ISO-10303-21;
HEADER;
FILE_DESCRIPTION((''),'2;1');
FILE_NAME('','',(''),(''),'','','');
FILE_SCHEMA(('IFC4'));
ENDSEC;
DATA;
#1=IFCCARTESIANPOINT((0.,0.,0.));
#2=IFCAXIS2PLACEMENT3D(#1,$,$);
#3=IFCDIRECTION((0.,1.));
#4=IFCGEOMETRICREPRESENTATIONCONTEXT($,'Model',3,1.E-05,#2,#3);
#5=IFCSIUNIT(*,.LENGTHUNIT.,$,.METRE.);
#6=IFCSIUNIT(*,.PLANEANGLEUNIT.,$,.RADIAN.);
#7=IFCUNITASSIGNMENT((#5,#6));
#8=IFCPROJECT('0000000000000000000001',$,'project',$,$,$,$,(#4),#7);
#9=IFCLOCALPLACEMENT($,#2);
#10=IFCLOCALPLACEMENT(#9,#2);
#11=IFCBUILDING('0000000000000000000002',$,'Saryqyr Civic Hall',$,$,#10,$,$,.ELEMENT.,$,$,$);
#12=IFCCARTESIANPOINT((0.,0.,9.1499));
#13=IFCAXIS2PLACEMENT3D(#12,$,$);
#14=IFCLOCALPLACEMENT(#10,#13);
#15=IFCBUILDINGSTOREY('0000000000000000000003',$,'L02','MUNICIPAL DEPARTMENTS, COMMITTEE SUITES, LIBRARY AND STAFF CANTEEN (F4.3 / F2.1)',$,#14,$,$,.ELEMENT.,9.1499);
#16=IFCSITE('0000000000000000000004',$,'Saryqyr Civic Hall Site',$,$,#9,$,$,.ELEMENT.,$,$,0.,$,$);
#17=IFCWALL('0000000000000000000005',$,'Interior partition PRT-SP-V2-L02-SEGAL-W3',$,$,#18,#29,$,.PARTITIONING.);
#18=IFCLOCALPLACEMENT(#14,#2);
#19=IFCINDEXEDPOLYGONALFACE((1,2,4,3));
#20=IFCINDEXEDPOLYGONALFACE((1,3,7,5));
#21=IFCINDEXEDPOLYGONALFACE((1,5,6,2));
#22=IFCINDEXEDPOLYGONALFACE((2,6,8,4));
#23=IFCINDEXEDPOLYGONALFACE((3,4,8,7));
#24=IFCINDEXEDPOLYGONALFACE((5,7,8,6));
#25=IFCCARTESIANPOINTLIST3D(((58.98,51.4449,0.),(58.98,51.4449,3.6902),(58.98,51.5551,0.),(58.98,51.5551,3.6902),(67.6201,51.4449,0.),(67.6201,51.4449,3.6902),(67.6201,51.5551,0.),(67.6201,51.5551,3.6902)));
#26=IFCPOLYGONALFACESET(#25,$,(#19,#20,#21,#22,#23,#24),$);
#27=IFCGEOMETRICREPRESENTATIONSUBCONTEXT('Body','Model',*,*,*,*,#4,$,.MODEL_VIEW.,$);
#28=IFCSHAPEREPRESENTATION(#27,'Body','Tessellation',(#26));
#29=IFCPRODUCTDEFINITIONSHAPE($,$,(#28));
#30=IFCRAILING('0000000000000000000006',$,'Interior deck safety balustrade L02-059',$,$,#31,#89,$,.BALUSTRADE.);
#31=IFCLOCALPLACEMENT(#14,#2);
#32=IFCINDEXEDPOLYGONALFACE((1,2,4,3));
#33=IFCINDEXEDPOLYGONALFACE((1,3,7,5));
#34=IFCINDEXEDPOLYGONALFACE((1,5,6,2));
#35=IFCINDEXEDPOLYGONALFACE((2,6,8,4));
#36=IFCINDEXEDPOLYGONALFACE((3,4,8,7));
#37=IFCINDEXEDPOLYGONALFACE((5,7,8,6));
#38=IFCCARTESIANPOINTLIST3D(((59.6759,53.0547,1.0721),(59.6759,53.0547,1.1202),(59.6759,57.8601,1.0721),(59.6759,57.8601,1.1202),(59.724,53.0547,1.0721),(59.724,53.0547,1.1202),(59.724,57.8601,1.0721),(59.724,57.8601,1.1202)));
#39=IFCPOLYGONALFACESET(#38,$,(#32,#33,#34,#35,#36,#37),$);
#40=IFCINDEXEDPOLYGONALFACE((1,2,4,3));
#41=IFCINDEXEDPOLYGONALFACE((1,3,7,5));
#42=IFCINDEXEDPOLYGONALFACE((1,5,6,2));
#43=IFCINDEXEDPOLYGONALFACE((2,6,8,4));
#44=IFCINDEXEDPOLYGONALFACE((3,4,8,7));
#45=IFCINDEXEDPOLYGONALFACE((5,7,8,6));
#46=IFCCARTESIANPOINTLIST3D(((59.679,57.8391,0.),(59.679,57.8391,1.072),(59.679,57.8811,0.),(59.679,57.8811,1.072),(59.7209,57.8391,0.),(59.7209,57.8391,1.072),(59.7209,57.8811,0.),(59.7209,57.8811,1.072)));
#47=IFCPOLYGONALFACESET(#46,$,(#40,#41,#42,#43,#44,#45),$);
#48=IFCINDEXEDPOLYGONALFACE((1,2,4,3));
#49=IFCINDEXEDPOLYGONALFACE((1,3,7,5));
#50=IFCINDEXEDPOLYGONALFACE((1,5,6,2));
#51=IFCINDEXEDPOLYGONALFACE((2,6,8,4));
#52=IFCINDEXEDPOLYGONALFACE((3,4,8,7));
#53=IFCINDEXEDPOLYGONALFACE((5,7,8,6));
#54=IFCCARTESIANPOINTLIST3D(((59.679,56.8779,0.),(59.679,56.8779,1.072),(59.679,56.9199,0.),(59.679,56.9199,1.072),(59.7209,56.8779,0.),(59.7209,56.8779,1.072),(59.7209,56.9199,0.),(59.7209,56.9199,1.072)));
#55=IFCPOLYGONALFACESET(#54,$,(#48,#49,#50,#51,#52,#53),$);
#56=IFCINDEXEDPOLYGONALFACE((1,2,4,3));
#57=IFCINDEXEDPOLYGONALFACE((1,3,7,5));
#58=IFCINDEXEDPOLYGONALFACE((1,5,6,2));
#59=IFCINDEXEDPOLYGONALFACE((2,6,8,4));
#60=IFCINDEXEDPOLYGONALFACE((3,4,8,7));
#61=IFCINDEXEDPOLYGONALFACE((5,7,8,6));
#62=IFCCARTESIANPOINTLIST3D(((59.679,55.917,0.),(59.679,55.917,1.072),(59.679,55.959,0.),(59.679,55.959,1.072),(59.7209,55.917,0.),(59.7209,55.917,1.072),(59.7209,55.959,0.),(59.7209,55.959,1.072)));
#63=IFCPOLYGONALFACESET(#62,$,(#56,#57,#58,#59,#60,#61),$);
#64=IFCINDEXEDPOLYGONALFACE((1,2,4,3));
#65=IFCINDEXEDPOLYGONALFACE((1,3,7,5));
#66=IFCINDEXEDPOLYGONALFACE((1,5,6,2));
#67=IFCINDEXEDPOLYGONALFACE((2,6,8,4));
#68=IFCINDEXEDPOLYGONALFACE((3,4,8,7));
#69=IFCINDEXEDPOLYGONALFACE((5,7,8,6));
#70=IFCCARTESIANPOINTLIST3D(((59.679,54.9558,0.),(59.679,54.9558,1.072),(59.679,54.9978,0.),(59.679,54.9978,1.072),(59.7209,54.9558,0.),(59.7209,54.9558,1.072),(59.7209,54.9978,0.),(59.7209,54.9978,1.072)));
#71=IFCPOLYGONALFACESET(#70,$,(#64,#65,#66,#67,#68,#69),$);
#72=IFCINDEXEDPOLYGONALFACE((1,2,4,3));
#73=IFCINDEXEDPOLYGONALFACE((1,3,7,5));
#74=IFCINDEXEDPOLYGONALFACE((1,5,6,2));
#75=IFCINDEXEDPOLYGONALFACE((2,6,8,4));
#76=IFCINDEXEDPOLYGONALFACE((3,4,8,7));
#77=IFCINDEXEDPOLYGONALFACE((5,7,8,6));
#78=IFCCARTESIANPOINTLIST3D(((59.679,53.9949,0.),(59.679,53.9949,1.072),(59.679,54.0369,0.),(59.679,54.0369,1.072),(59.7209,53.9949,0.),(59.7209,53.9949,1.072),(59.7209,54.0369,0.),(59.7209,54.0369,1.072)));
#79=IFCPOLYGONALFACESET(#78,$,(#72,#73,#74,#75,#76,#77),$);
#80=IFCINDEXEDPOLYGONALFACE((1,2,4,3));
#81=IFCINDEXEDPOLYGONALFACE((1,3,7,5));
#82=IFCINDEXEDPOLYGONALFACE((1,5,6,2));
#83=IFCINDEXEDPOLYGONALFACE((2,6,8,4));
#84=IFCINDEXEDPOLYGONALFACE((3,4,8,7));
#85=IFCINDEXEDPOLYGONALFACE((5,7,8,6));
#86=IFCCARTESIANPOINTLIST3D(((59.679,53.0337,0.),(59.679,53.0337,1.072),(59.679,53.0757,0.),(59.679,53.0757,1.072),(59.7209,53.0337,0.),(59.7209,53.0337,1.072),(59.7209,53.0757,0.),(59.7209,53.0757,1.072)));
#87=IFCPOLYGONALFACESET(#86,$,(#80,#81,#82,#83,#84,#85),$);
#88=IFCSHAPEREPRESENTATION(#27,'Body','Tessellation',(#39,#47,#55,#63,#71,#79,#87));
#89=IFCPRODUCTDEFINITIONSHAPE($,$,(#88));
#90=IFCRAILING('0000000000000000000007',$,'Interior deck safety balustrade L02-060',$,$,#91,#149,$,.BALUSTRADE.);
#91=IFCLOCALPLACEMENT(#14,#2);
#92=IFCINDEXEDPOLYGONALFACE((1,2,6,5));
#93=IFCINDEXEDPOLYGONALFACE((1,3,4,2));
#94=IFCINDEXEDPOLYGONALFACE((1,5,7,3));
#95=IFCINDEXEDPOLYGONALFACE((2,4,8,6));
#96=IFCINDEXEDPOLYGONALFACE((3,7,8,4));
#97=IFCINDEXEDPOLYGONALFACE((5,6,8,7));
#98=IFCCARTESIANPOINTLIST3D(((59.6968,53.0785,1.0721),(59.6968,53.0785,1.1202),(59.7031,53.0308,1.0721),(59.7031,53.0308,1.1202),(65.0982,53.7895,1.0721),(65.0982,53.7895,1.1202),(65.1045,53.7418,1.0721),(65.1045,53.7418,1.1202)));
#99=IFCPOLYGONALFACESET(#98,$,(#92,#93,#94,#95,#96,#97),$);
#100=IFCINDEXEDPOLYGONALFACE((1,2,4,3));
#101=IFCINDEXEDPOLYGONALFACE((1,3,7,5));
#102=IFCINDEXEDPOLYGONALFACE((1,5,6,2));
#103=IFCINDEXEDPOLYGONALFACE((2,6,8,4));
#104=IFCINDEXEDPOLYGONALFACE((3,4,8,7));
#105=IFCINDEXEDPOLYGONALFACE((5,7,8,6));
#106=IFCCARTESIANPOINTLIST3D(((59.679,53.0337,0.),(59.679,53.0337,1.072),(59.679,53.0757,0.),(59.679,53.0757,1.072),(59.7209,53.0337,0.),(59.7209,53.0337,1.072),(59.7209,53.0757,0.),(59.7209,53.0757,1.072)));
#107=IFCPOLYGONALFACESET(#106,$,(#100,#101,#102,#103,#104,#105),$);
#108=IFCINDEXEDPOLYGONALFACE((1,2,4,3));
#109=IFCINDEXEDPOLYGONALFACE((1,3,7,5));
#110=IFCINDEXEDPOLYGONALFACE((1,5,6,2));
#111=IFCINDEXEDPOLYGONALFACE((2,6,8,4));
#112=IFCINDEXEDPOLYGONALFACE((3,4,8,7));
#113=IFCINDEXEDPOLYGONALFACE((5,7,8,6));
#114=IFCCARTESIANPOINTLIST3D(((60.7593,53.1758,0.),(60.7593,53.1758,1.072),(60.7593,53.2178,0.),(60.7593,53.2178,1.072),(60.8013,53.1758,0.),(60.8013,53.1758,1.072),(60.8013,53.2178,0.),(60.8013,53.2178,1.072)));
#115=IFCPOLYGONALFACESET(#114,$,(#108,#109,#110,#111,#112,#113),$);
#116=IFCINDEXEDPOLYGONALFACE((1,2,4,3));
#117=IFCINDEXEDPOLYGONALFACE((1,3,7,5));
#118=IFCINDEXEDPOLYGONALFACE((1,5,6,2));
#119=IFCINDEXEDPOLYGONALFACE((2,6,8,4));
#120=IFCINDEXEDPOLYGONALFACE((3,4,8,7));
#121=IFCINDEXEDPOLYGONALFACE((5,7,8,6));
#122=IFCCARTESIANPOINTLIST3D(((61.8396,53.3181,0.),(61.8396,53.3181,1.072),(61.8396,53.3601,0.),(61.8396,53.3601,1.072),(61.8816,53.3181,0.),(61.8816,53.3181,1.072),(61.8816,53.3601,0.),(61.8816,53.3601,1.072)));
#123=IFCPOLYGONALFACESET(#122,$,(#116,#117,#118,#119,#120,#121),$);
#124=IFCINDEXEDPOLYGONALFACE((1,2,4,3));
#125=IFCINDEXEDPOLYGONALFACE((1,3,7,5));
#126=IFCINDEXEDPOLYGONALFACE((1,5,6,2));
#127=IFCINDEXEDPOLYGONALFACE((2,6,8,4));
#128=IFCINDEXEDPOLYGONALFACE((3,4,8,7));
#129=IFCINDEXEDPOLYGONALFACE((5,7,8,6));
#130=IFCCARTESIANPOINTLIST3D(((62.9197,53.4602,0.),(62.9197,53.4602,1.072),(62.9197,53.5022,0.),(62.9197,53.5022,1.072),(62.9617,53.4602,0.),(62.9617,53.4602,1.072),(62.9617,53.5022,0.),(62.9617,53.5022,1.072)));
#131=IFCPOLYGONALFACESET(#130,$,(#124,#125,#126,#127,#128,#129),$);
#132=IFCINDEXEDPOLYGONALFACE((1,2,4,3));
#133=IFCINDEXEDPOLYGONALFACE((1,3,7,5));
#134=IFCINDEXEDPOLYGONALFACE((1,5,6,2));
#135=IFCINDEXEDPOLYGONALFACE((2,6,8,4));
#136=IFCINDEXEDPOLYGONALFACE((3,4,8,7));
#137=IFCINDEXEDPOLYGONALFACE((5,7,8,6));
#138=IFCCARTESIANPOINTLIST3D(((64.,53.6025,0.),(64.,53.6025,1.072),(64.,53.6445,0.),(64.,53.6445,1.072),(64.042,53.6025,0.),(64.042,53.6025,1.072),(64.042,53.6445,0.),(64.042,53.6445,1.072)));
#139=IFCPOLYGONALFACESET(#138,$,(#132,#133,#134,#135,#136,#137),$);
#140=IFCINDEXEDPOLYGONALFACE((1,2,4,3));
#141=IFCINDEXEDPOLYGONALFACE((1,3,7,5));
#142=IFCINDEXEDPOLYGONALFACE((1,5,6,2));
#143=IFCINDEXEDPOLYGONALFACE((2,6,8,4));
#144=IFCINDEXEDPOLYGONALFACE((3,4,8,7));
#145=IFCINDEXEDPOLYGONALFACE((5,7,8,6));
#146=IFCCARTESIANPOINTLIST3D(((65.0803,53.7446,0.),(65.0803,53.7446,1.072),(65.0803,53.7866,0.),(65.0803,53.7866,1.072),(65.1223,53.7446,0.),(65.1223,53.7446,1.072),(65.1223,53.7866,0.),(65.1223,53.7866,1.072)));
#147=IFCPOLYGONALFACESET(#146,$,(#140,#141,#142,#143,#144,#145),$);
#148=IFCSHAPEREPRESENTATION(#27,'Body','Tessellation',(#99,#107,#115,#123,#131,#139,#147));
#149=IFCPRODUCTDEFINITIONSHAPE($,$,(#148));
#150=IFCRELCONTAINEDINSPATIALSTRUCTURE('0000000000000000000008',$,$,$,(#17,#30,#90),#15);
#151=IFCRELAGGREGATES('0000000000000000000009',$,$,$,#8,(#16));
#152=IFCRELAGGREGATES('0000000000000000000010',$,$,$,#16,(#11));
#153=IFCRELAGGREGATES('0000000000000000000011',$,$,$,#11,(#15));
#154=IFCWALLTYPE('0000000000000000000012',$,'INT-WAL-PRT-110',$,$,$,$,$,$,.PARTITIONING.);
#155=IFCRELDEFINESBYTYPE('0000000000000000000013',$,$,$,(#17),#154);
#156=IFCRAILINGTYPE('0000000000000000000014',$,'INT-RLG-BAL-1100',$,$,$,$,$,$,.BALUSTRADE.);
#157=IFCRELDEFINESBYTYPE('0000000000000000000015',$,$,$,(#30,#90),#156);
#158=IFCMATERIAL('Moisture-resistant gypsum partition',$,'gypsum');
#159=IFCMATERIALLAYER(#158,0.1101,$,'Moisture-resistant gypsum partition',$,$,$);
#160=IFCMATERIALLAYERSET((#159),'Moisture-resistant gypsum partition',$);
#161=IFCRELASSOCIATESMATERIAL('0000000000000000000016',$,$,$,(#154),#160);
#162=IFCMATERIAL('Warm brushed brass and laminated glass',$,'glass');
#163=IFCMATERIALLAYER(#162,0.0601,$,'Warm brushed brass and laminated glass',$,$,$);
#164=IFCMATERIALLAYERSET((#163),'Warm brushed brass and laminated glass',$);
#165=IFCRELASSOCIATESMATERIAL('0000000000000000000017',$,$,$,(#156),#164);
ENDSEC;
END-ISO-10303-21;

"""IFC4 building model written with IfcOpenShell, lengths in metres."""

from ifc_helpers import new_model, si_unit, direction, frame, frame_2d, origin, origin_2d, place, context, subcontext, project, spatial, rectangle, extrude, material, layer, layer_set, type_object, element, save


model = new_model("IFC4")

# Units and contexts
model_context = context("Model", 3, precision=1e-05, world=origin(), true_north=direction((0.0, 1.0)))
body_context = subcontext(model_context, "Body", "Model", "MODEL_VIEW")
ifc_project = project(units=[si_unit("LENGTHUNIT", "METRE"), si_unit("PLANEANGLEUNIT", "RADIAN")], contexts=[model_context])

# Site, building, storey
site_placement = place(None, origin())
site = spatial("IfcSite", under=ifc_project, at=site_placement, Name="Saryqyr Civic Hall Site", CompositionType="ELEMENT", RefElevation=0.0)
building_placement = place(site_placement, origin())
building = spatial("IfcBuilding", under=site, at=building_placement, Name="Saryqyr Civic Hall", CompositionType="ELEMENT")
storey_placement = place(building_placement, frame((0.0, 0.0, 9.1499)))
storey = spatial("IfcBuildingStorey", under=building, at=storey_placement, Name="L02", Description="MUNICIPAL DEPARTMENTS, COMMITTEE SUITES, LIBRARY AND STAFF CANTEEN (F4.3 / F2.1)", CompositionType="ELEMENT", Elevation=9.1499)

# Wall
ifc_material_1 = material(Name="Moisture-resistant gypsum partition", Category="gypsum")
ifc_layer_1 = layer(ifc_material_1, 0.1101, Name="Moisture-resistant gypsum partition")
ifc_layer_set_1 = layer_set([ifc_layer_1], Name="Moisture-resistant gypsum partition")
wall_type = type_object("IfcWallType", Name="INT-WAL-PRT-110", PredefinedType="PARTITIONING", material=ifc_layer_set_1)
wall_placement = place(storey_placement, frame((58.98, 51.5, 0.0), z_axis=(0.0, 0.0, 1.0), x_axis=(1.0, 0.0, 0.0)))
element("IfcWall", 1, at=wall_placement, inside=storey, type_object=wall_type, Name="Interior partition PRT-SP-V2-L02-SEGAL-W3", PredefinedType="PARTITIONING", context=body_context, shape_type="SweptSolid", body=[
    extrude(rectangle(XDim=8.6401, YDim=0.1101, at=frame_2d((4.3201, 0.0))), origin(), (0.0, 0.0, 1.0), 3.6902),
])

# Railings
ifc_material_2 = material(Name="Warm brushed brass and laminated glass", Category="glass")
ifc_layer_2 = layer(ifc_material_2, 0.0601, Name="Warm brushed brass and laminated glass")
ifc_layer_set_2 = layer_set([ifc_layer_2], Name="Warm brushed brass and laminated glass")
railing_type = type_object("IfcRailingType", Name="INT-RLG-BAL-1100", PredefinedType="BALUSTRADE", material=ifc_layer_set_2)
railing_1_placement = place(storey_placement, frame((59.7, 57.8601, 0.0)))
element("IfcRailing", 2, at=railing_1_placement, inside=storey, type_object=railing_type, Name="Interior deck safety balustrade L02-059", PredefinedType="BALUSTRADE", context=body_context, shape_type="SweptSolid", body=[
    extrude(rectangle(XDim=0.0481, YDim=0.0481, at=origin_2d()), frame((0.0, 0.0, 1.0962), z_axis=(0.0, -1.0, 0.0), x_axis=(1.0, 0.0, 0.0)), (0.0, 0.0, 1.0), 4.8054),
    extrude(rectangle(XDim=0.042, YDim=0.042, at=origin_2d()), origin(), (0.0, 0.0, 1.0), 1.072),
    extrude(rectangle(XDim=0.042, YDim=0.042, at=origin_2d()), frame((0.0, -0.9612, 0.0)), (0.0, 0.0, 1.0), 1.072),
    extrude(rectangle(XDim=0.042, YDim=0.042, at=origin_2d()), frame((0.0, -1.9221, 0.0)), (0.0, 0.0, 1.0), 1.072),
    extrude(rectangle(XDim=0.042, YDim=0.042, at=origin_2d()), frame((0.0, -2.8833, 0.0)), (0.0, 0.0, 1.0), 1.072),
    extrude(rectangle(XDim=0.042, YDim=0.042, at=origin_2d()), frame((0.0, -3.8442, 0.0)), (0.0, 0.0, 1.0), 1.072),
    extrude(rectangle(XDim=0.042, YDim=0.042, at=origin_2d()), frame((0.0, -4.8054, 0.0)), (0.0, 0.0, 1.0), 1.072),
])
railing_2_placement = place(storey_placement, frame((59.7, 53.0547, 0.0)))
element("IfcRailing", 3, at=railing_2_placement, inside=storey, type_object=railing_type, Name="Interior deck safety balustrade L02-060", PredefinedType="BALUSTRADE", context=body_context, shape_type="SweptSolid", body=[
    extrude(rectangle(XDim=0.0481, YDim=0.0481, at=origin_2d()), frame((0.0, 0.0, 1.0962), z_axis=(0.991449, 0.130496, 0.0), x_axis=(-0.130496, 0.991449, 0.0)), (0.0, 0.0, 1.0), 5.448),
    extrude(rectangle(XDim=0.042, YDim=0.042, at=origin_2d()), origin(), (0.0, 0.0, 1.0), 1.072),
    extrude(rectangle(XDim=0.042, YDim=0.042, at=origin_2d()), frame((1.0803, 0.1421, 0.0)), (0.0, 0.0, 1.0), 1.072),
    extrude(rectangle(XDim=0.042, YDim=0.042, at=origin_2d()), frame((2.1606, 0.2844, 0.0)), (0.0, 0.0, 1.0), 1.072),
    extrude(rectangle(XDim=0.042, YDim=0.042, at=origin_2d()), frame((3.2407, 0.4265, 0.0)), (0.0, 0.0, 1.0), 1.072),
    extrude(rectangle(XDim=0.042, YDim=0.042, at=origin_2d()), frame((4.321, 0.5688, 0.0)), (0.0, 0.0, 1.0), 1.072),
    extrude(rectangle(XDim=0.042, YDim=0.042, at=origin_2d()), frame((5.4014, 0.7109, 0.0)), (0.0, 0.0, 1.0), 1.072),
])

save(model, "model.ifc")
